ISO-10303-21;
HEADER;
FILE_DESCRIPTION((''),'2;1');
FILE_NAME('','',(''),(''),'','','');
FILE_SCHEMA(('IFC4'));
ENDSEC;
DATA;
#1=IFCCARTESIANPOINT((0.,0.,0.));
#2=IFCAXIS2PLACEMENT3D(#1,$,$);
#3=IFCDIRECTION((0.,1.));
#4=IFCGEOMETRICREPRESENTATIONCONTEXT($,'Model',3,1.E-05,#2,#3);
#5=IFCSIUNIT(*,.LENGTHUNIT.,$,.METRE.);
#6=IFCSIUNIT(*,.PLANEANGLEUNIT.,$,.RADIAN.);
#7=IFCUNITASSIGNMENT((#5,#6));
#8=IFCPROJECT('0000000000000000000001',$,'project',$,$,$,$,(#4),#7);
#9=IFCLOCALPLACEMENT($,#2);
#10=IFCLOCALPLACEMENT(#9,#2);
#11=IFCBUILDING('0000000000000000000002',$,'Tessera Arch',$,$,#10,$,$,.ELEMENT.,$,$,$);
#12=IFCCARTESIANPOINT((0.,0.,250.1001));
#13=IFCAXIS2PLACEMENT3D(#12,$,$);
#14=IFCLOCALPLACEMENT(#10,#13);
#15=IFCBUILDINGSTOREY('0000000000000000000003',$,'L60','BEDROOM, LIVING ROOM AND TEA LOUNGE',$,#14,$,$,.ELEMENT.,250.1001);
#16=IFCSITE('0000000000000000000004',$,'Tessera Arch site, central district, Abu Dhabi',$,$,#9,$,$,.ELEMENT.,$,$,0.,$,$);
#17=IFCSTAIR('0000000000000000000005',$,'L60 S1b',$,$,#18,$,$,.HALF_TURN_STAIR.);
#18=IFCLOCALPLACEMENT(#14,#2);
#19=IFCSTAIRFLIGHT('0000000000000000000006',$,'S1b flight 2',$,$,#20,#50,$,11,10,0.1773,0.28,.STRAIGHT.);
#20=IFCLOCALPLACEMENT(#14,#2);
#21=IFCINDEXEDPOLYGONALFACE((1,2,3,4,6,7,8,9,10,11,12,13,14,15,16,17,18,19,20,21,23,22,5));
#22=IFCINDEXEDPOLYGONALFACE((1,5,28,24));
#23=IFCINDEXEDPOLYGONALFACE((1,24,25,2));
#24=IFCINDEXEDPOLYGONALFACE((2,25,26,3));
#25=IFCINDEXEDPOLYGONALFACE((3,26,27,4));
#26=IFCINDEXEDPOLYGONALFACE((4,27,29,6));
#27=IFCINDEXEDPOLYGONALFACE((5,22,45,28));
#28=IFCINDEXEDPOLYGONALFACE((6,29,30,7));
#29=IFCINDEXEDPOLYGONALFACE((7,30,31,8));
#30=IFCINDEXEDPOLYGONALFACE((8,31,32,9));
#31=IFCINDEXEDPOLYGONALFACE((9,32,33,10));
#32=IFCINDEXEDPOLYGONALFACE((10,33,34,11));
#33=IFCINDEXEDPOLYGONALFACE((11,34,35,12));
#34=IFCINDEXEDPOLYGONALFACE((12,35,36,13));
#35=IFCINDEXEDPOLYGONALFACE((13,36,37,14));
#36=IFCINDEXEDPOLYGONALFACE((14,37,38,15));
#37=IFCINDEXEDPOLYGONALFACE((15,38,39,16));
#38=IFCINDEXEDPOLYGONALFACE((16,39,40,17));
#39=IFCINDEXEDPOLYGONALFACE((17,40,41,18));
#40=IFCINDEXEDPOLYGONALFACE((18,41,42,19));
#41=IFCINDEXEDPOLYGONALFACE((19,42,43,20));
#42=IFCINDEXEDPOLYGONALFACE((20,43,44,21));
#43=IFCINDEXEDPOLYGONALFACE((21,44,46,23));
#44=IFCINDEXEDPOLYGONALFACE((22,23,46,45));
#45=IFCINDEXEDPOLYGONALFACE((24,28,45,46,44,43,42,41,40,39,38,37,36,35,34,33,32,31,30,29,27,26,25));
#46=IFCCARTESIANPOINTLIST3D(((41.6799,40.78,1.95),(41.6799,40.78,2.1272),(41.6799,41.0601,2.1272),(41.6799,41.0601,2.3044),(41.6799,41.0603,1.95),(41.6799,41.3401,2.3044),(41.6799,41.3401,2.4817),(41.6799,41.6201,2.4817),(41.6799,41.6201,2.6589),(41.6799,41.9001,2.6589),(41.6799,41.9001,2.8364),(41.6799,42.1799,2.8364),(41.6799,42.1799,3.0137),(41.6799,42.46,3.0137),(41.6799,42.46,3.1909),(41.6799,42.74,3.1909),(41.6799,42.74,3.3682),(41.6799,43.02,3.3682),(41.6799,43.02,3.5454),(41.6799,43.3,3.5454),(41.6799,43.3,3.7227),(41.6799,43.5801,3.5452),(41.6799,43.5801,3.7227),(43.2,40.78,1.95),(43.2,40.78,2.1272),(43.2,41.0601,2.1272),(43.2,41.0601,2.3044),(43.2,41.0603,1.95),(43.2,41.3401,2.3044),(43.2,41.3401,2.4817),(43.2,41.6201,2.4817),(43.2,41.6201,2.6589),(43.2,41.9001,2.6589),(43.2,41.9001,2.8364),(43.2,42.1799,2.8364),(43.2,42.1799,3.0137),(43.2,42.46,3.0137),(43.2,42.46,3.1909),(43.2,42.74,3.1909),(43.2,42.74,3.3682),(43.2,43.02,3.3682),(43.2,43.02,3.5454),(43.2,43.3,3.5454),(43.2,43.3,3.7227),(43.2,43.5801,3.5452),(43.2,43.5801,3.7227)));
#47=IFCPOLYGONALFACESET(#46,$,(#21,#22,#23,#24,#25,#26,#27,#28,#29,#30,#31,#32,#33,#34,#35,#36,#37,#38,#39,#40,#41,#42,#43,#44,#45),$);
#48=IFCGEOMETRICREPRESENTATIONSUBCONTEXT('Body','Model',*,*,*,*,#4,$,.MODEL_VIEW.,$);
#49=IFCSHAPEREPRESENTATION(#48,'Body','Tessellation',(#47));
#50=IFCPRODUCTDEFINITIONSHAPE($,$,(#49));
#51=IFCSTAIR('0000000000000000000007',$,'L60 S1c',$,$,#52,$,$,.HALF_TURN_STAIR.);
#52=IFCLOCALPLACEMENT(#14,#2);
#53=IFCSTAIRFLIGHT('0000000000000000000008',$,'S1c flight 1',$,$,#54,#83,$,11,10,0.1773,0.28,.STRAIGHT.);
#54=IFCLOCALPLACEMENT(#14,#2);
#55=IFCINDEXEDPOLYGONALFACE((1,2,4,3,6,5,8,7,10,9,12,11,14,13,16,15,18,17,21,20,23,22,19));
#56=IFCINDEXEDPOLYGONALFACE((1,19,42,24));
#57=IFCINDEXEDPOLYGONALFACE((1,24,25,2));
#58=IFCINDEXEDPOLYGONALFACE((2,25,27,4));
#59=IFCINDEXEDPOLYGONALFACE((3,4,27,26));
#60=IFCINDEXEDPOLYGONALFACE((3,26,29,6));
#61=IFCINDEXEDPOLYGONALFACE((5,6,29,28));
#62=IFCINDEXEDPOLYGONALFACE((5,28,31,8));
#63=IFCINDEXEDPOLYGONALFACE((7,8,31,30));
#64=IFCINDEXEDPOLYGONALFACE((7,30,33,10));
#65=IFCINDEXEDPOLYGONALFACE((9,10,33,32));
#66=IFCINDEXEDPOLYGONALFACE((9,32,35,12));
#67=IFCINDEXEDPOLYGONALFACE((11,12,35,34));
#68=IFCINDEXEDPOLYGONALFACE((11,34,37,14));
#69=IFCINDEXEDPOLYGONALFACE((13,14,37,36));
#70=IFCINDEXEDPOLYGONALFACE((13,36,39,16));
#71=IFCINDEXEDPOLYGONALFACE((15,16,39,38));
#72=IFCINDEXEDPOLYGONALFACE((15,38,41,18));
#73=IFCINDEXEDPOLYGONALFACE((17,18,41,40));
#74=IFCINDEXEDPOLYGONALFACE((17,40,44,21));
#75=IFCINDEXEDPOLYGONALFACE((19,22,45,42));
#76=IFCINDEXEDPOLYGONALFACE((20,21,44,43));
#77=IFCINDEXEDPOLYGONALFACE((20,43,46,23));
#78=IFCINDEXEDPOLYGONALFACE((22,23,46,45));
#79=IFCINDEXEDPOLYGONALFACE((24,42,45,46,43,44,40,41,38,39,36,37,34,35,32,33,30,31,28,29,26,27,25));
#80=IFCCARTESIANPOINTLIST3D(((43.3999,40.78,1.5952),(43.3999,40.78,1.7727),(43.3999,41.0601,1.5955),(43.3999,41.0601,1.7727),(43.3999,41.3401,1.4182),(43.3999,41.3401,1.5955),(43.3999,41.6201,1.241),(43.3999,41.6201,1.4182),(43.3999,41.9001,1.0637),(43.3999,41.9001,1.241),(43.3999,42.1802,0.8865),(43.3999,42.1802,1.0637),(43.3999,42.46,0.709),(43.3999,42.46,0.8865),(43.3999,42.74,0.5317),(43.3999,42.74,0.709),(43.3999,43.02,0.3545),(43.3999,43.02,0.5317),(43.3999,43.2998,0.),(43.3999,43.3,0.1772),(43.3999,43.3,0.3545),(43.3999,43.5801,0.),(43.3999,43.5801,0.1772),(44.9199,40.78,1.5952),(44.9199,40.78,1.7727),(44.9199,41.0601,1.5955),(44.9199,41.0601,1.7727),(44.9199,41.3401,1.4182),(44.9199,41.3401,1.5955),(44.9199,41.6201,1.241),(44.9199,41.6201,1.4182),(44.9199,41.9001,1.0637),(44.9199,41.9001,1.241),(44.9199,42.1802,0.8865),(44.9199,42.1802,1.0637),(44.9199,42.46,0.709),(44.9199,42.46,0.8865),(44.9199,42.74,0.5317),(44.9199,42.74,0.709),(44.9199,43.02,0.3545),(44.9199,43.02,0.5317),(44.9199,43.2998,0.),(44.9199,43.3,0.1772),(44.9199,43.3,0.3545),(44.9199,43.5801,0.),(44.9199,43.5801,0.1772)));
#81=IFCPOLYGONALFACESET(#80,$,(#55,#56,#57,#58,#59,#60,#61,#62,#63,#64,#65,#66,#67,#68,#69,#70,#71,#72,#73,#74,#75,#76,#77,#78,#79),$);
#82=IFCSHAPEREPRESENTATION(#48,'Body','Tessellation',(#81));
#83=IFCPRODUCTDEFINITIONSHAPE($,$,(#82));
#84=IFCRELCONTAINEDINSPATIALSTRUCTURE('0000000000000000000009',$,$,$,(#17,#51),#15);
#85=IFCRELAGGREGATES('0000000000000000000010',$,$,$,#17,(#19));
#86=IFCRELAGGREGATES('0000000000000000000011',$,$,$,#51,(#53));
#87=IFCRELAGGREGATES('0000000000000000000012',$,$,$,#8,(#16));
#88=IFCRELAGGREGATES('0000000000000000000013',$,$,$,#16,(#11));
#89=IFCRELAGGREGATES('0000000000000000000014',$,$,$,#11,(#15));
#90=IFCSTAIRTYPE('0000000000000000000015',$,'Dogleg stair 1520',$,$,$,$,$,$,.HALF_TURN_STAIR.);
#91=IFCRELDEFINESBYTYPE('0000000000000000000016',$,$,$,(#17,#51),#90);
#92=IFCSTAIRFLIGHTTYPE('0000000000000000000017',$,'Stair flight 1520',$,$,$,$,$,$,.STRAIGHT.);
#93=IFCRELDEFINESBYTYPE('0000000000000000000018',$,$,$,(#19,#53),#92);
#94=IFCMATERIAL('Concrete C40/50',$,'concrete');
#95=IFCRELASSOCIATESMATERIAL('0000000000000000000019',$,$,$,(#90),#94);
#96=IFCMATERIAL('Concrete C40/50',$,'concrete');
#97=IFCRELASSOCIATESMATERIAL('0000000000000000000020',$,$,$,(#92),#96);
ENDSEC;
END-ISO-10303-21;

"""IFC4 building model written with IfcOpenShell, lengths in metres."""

from ifc_helpers import new_model, si_unit, direction, frame, origin, place, context, subcontext, project, spatial, polyline, outline, extrude, material, type_object, element, aggregate, save


model = new_model("IFC4")

# Units and contexts
model_context = context("Model", 3, precision=1e-05, world=origin(), true_north=direction((0.0, 1.0)))
body_context = subcontext(model_context, "Body", "Model", "MODEL_VIEW")
ifc_project = project(units=[si_unit("LENGTHUNIT", "METRE"), si_unit("PLANEANGLEUNIT", "RADIAN")], contexts=[model_context])

# Site, building, storey
site_placement = place(None, origin())
site = spatial("IfcSite", under=ifc_project, at=site_placement, Name="Tessera Arch site, central district, Abu Dhabi", CompositionType="ELEMENT", RefElevation=0.0)
building_placement = place(site_placement, origin())
building = spatial("IfcBuilding", under=site, at=building_placement, Name="Tessera Arch", CompositionType="ELEMENT")
storey_placement = place(building_placement, frame((0.0, 0.0, 250.1001)))
storey = spatial("IfcBuildingStorey", under=building, at=storey_placement, Name="L60", Description="BEDROOM, LIVING ROOM AND TEA LOUNGE", CompositionType="ELEMENT", Elevation=250.1001)

# Stair, stair flight
ifc_material_1 = material(Name="Concrete C40/50", Category="concrete")
stair_type = type_object("IfcStairType", Name="Dogleg stair 1520", PredefinedType="HALF_TURN_STAIR", material=ifc_material_1)
ifc_material_2 = material(Name="Concrete C40/50", Category="concrete")
stair_flight_type = type_object("IfcStairFlightType", Name="Stair flight 1520", PredefinedType="STRAIGHT", material=ifc_material_2)
stair_1_placement = place(storey_placement, origin())
stair_1 = element("IfcStair", 1, at=stair_1_placement, inside=storey, type_object=stair_type, Name="L60 S1b", PredefinedType="HALF_TURN_STAIR")
stair_flight_1_placement = place(storey_placement, frame((42.4399, 40.78, 1.95), z_axis=(0.0, 0.0, 1.0), x_axis=(0.0, 1.0, 0.0)))
stair_flight_1 = element("IfcStairFlight", 2, at=stair_flight_1_placement, type_object=stair_flight_type, Name="S1b flight 2", NumberOfRisers=11, NumberOfTreads=10, PredefinedType="STRAIGHT", RiserHeight=0.1773, TreadLength=0.28, context=body_context, shape_type="SweptSolid", body=[
    extrude(outline(polyline([(0.0, 0.0), (0.0, 0.1772), (0.28, 0.1772), (0.28, 0.3545), (0.5601, 0.3545), (0.5601, 0.5317), (0.8401, 0.5317), (0.8401, 0.709), (1.1201, 0.709), (1.1201, 0.8865), (1.3999, 0.8865), (1.3999, 1.0637), (1.6799, 1.0637), (1.6799, 1.241), (1.96, 1.241), (1.96, 1.4182), (2.24, 1.4182), (2.24, 1.5955), (2.52, 1.5955), (2.52, 1.7727), (2.8, 1.7727), (2.8, 1.95), (2.8, 1.5952), (0.2803, 0.0), (0.0, 0.0)])), frame((0.0, 0.76, 0.0), z_axis=(0.0, -1.0, 0.0), x_axis=(1.0, 0.0, 0.0)), (0.0, 0.0, 1.0), 1.52),
])
aggregate(stair_1, [stair_flight_1])

# Stair, stair flight
stair_2_placement = place(storey_placement, origin())
stair_2 = element("IfcStair", 3, at=stair_2_placement, inside=storey, type_object=stair_type, Name="L60 S1c", PredefinedType="HALF_TURN_STAIR")
stair_flight_2_placement = place(storey_placement, frame((44.1599, 43.5801, 0.0), z_axis=(0.0, 0.0, 1.0), x_axis=(0.0, -1.0, 0.0)))
stair_flight_2 = element("IfcStairFlight", 4, at=stair_flight_2_placement, type_object=stair_flight_type, Name="S1c flight 1", NumberOfRisers=11, NumberOfTreads=10, PredefinedType="STRAIGHT", RiserHeight=0.1773, TreadLength=0.28, context=body_context, shape_type="SweptSolid", body=[
    extrude(outline(polyline([(0.0, 0.0), (0.0, 0.1772), (0.28, 0.1772), (0.28, 0.3545), (0.5601, 0.3545), (0.5601, 0.5317), (0.8401, 0.5317), (0.8401, 0.709), (1.1201, 0.709), (1.1201, 0.8865), (1.3999, 0.8865), (1.3999, 1.0637), (1.6799, 1.0637), (1.6799, 1.241), (1.96, 1.241), (1.96, 1.4182), (2.24, 1.4182), (2.24, 1.5955), (2.52, 1.5955), (2.52, 1.7727), (2.8, 1.7727), (2.8, 1.95), (2.8, 1.5952), (0.2803, 0.0), (0.0, 0.0)])), frame((0.0, 0.76, 0.0), z_axis=(0.0, -1.0, 0.0), x_axis=(1.0, 0.0, 0.0)), (0.0, 0.0, 1.0), 1.52),
])
aggregate(stair_2, [stair_flight_2])

save(model, "model.ifc")
